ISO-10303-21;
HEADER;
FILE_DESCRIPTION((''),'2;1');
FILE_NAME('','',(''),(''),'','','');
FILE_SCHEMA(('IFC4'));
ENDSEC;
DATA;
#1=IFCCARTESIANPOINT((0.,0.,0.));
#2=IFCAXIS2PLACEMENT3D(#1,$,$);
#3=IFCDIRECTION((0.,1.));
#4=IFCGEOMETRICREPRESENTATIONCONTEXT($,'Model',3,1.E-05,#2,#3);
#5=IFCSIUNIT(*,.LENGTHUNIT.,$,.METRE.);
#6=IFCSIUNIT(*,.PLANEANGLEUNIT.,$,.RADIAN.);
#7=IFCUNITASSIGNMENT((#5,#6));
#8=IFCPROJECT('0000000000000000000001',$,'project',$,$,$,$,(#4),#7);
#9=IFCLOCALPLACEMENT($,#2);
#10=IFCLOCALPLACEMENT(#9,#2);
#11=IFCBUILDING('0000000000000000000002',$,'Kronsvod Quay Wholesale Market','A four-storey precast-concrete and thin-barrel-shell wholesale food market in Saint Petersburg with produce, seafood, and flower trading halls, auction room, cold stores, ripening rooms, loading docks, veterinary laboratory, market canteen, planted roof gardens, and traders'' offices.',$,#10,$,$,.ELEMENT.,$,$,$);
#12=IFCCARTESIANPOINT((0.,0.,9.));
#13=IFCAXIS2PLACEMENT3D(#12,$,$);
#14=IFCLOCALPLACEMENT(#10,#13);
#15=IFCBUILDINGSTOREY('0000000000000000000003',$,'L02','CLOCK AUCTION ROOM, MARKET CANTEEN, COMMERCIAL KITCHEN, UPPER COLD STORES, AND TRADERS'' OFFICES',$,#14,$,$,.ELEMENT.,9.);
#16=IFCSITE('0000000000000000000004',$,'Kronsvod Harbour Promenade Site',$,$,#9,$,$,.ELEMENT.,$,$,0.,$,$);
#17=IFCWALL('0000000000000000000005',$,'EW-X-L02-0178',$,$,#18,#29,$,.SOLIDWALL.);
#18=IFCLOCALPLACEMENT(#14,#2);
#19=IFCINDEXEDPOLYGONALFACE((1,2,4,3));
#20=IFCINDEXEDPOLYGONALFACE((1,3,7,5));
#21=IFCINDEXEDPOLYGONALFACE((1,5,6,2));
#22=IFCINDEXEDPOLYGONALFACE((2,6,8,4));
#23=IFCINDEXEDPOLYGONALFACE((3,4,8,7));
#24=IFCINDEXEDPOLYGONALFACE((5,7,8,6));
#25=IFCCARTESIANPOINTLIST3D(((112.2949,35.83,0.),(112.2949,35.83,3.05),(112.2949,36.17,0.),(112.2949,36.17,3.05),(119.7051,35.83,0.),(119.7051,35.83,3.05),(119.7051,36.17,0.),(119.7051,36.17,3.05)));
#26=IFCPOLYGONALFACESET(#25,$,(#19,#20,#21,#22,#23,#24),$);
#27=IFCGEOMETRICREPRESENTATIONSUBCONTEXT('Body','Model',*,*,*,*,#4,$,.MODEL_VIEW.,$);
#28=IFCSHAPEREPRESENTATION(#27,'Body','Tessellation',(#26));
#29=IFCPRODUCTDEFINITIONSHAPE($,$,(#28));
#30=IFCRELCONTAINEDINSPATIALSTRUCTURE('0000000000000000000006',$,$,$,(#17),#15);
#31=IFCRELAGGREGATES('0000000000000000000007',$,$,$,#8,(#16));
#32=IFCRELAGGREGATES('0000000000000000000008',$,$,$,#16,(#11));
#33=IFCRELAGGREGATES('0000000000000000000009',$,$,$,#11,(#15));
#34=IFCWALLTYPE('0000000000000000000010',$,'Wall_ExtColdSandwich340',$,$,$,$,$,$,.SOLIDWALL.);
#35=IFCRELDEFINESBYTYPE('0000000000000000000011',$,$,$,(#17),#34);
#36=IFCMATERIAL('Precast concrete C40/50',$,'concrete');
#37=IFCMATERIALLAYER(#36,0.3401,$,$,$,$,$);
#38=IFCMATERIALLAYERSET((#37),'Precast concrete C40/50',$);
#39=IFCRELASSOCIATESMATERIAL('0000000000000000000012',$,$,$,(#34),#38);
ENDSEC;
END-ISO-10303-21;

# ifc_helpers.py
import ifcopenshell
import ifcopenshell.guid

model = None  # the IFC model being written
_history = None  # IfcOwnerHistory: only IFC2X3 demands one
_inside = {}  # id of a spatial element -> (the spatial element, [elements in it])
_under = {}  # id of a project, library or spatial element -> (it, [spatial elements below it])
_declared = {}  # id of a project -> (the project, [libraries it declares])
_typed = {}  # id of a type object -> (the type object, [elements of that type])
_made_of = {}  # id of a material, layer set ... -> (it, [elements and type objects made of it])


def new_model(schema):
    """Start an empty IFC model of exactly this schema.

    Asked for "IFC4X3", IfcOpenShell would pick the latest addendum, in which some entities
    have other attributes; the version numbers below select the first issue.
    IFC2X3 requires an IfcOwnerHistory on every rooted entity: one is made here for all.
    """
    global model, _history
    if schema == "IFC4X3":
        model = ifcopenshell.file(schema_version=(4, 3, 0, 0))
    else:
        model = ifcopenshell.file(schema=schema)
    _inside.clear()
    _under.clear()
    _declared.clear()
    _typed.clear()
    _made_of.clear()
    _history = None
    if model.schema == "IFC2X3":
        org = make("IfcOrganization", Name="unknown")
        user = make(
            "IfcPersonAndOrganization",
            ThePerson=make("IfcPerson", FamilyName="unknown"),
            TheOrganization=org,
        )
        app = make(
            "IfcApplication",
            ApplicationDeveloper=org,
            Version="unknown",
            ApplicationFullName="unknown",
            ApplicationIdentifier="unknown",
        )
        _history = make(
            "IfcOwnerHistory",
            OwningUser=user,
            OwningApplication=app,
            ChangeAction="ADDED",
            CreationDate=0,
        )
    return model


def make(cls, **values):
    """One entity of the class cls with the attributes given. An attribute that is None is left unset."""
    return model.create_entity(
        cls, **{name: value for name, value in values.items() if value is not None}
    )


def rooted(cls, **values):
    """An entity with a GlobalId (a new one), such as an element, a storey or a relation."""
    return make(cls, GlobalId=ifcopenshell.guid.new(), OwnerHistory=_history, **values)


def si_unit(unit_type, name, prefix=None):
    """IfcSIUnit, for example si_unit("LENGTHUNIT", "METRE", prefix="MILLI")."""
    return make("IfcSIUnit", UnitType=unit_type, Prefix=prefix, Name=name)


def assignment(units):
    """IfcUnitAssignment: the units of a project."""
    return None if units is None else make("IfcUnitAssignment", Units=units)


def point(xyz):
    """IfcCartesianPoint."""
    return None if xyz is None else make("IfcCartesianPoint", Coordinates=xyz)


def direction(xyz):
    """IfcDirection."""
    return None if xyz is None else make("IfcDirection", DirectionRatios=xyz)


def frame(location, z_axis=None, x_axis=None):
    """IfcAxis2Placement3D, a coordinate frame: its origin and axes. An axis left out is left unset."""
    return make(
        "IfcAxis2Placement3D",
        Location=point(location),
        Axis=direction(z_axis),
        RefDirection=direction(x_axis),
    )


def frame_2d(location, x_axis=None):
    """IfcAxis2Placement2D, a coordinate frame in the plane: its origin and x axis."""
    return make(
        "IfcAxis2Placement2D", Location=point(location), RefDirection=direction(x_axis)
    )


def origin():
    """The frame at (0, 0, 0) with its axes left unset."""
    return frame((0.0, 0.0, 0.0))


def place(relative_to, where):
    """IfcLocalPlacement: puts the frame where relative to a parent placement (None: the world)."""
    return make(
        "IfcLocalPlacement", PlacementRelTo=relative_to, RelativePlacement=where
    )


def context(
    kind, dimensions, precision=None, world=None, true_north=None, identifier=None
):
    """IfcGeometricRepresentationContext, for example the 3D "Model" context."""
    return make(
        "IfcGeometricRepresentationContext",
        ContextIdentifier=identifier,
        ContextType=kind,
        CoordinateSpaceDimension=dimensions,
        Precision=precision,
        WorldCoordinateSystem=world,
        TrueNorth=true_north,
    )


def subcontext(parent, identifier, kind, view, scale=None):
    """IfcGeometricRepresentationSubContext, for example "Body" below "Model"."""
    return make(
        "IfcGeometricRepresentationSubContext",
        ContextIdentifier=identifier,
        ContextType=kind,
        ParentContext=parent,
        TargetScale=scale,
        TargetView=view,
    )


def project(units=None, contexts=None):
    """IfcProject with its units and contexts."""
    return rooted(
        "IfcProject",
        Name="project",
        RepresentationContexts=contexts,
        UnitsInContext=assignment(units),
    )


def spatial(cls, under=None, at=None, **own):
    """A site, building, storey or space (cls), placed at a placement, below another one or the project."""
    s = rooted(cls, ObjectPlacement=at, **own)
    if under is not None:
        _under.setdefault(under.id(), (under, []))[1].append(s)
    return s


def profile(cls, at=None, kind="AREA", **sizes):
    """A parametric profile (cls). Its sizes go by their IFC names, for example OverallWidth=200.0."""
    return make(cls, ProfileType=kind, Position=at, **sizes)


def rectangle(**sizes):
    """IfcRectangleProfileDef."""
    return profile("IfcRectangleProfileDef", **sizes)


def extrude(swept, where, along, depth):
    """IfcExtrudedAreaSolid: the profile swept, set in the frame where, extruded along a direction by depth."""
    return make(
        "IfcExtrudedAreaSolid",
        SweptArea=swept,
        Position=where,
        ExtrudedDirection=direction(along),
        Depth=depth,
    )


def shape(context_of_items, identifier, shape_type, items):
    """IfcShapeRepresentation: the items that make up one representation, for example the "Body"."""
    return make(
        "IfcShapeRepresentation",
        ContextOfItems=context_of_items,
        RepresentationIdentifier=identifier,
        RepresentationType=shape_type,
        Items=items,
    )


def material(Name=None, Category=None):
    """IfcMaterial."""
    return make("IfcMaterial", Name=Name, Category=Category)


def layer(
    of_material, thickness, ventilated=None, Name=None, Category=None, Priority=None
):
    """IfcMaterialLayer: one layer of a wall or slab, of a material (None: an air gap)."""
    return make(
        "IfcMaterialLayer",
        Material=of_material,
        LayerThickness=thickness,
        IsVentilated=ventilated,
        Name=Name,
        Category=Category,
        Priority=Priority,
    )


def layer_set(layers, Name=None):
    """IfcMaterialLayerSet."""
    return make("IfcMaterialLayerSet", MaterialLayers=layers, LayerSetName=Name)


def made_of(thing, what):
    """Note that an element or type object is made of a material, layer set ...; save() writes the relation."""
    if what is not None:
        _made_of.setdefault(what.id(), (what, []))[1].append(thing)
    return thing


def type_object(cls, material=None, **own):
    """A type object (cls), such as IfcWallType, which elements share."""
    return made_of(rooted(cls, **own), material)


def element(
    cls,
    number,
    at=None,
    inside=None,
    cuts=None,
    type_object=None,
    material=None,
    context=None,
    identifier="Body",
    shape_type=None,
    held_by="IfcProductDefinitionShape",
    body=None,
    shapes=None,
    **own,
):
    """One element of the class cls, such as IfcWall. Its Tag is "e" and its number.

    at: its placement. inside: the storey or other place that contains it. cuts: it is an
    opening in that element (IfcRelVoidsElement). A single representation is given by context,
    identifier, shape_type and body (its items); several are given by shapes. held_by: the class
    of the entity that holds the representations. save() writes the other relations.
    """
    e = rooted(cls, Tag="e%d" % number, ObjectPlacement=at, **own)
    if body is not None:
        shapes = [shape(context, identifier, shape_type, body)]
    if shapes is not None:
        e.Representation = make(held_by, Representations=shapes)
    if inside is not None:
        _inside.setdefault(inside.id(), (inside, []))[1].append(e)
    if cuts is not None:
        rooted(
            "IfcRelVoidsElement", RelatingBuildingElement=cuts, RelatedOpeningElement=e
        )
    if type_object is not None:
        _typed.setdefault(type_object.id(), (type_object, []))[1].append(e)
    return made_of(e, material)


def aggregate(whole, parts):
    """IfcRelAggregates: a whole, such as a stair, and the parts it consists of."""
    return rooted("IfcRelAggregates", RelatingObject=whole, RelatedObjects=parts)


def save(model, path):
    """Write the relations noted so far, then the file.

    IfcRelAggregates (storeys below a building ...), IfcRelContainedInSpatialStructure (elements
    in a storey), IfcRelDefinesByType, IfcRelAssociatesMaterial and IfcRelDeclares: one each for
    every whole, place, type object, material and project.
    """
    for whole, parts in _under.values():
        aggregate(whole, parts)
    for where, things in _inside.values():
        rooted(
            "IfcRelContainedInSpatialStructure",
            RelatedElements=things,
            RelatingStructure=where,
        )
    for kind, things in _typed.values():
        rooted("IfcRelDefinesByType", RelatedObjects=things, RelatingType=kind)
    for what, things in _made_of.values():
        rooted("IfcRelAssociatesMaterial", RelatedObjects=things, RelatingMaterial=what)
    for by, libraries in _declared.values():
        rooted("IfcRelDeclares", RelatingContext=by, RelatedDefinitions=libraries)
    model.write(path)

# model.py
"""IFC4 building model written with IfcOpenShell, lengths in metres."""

from ifc_helpers import new_model, si_unit, direction, frame, frame_2d, origin, place, context, subcontext, project, spatial, rectangle, extrude, material, layer, layer_set, type_object, element, save


model = new_model("IFC4")

# Units and contexts
model_context = context("Model", 3, precision=1e-05, world=origin(), true_north=direction((0.0, 1.0)))
body_context = subcontext(model_context, "Body", "Model", "MODEL_VIEW")
ifc_project = project(units=[si_unit("LENGTHUNIT", "METRE"), si_unit("PLANEANGLEUNIT", "RADIAN")], contexts=[model_context])

# Site, building, storey
site_placement = place(None, origin())
site = spatial("IfcSite", under=ifc_project, at=site_placement, Name="Kronsvod Harbour Promenade Site", CompositionType="ELEMENT", RefElevation=0.0)
building_placement = place(site_placement, origin())
building = spatial("IfcBuilding", under=site, at=building_placement, Name="Kronsvod Quay Wholesale Market", Description="A four-storey precast-concrete and thin-barrel-shell wholesale food market in Saint Petersburg with produce, seafood, and flower trading halls, auction room, cold stores, ripening rooms, loading docks, veterinary laboratory, market canteen, planted roof gardens, and traders' offices.", CompositionType="ELEMENT")
storey_placement = place(building_placement, frame((0.0, 0.0, 9.0)))
storey = spatial("IfcBuildingStorey", under=building, at=storey_placement, Name="L02", Description="CLOCK AUCTION ROOM, MARKET CANTEEN, COMMERCIAL KITCHEN, UPPER COLD STORES, AND TRADERS' OFFICES", CompositionType="ELEMENT", Elevation=9.0)

# Wall
ifc_material_1 = material(Name="Precast concrete C40/50", Category="concrete")
ifc_layer_1 = layer(ifc_material_1, 0.3401)
ifc_layer_set_1 = layer_set([ifc_layer_1], Name="Precast concrete C40/50")
wall_type_1 = type_object("IfcWallType", Name="Wall_ExtColdSandwich340", PredefinedType="SOLIDWALL", material=ifc_layer_set_1)
wall_1_placement = place(storey_placement, frame((112.2949, 36.0, 0.0), z_axis=(0.0, 0.0, 1.0), x_axis=(1.0, 0.0, 0.0)))
element("IfcWall", 1, at=wall_1_placement, inside=storey, type_object=wall_type_1, Name="EW-X-L02-0178", PredefinedType="SOLIDWALL", context=body_context, shape_type="SweptSolid", body=[
    extrude(rectangle(XDim=7.4102, YDim=0.3401, at=frame_2d((3.7051, 0.0))), origin(), (0.0, 0.0, 1.0), 3.05),
])

save(model, "model.ifc")
